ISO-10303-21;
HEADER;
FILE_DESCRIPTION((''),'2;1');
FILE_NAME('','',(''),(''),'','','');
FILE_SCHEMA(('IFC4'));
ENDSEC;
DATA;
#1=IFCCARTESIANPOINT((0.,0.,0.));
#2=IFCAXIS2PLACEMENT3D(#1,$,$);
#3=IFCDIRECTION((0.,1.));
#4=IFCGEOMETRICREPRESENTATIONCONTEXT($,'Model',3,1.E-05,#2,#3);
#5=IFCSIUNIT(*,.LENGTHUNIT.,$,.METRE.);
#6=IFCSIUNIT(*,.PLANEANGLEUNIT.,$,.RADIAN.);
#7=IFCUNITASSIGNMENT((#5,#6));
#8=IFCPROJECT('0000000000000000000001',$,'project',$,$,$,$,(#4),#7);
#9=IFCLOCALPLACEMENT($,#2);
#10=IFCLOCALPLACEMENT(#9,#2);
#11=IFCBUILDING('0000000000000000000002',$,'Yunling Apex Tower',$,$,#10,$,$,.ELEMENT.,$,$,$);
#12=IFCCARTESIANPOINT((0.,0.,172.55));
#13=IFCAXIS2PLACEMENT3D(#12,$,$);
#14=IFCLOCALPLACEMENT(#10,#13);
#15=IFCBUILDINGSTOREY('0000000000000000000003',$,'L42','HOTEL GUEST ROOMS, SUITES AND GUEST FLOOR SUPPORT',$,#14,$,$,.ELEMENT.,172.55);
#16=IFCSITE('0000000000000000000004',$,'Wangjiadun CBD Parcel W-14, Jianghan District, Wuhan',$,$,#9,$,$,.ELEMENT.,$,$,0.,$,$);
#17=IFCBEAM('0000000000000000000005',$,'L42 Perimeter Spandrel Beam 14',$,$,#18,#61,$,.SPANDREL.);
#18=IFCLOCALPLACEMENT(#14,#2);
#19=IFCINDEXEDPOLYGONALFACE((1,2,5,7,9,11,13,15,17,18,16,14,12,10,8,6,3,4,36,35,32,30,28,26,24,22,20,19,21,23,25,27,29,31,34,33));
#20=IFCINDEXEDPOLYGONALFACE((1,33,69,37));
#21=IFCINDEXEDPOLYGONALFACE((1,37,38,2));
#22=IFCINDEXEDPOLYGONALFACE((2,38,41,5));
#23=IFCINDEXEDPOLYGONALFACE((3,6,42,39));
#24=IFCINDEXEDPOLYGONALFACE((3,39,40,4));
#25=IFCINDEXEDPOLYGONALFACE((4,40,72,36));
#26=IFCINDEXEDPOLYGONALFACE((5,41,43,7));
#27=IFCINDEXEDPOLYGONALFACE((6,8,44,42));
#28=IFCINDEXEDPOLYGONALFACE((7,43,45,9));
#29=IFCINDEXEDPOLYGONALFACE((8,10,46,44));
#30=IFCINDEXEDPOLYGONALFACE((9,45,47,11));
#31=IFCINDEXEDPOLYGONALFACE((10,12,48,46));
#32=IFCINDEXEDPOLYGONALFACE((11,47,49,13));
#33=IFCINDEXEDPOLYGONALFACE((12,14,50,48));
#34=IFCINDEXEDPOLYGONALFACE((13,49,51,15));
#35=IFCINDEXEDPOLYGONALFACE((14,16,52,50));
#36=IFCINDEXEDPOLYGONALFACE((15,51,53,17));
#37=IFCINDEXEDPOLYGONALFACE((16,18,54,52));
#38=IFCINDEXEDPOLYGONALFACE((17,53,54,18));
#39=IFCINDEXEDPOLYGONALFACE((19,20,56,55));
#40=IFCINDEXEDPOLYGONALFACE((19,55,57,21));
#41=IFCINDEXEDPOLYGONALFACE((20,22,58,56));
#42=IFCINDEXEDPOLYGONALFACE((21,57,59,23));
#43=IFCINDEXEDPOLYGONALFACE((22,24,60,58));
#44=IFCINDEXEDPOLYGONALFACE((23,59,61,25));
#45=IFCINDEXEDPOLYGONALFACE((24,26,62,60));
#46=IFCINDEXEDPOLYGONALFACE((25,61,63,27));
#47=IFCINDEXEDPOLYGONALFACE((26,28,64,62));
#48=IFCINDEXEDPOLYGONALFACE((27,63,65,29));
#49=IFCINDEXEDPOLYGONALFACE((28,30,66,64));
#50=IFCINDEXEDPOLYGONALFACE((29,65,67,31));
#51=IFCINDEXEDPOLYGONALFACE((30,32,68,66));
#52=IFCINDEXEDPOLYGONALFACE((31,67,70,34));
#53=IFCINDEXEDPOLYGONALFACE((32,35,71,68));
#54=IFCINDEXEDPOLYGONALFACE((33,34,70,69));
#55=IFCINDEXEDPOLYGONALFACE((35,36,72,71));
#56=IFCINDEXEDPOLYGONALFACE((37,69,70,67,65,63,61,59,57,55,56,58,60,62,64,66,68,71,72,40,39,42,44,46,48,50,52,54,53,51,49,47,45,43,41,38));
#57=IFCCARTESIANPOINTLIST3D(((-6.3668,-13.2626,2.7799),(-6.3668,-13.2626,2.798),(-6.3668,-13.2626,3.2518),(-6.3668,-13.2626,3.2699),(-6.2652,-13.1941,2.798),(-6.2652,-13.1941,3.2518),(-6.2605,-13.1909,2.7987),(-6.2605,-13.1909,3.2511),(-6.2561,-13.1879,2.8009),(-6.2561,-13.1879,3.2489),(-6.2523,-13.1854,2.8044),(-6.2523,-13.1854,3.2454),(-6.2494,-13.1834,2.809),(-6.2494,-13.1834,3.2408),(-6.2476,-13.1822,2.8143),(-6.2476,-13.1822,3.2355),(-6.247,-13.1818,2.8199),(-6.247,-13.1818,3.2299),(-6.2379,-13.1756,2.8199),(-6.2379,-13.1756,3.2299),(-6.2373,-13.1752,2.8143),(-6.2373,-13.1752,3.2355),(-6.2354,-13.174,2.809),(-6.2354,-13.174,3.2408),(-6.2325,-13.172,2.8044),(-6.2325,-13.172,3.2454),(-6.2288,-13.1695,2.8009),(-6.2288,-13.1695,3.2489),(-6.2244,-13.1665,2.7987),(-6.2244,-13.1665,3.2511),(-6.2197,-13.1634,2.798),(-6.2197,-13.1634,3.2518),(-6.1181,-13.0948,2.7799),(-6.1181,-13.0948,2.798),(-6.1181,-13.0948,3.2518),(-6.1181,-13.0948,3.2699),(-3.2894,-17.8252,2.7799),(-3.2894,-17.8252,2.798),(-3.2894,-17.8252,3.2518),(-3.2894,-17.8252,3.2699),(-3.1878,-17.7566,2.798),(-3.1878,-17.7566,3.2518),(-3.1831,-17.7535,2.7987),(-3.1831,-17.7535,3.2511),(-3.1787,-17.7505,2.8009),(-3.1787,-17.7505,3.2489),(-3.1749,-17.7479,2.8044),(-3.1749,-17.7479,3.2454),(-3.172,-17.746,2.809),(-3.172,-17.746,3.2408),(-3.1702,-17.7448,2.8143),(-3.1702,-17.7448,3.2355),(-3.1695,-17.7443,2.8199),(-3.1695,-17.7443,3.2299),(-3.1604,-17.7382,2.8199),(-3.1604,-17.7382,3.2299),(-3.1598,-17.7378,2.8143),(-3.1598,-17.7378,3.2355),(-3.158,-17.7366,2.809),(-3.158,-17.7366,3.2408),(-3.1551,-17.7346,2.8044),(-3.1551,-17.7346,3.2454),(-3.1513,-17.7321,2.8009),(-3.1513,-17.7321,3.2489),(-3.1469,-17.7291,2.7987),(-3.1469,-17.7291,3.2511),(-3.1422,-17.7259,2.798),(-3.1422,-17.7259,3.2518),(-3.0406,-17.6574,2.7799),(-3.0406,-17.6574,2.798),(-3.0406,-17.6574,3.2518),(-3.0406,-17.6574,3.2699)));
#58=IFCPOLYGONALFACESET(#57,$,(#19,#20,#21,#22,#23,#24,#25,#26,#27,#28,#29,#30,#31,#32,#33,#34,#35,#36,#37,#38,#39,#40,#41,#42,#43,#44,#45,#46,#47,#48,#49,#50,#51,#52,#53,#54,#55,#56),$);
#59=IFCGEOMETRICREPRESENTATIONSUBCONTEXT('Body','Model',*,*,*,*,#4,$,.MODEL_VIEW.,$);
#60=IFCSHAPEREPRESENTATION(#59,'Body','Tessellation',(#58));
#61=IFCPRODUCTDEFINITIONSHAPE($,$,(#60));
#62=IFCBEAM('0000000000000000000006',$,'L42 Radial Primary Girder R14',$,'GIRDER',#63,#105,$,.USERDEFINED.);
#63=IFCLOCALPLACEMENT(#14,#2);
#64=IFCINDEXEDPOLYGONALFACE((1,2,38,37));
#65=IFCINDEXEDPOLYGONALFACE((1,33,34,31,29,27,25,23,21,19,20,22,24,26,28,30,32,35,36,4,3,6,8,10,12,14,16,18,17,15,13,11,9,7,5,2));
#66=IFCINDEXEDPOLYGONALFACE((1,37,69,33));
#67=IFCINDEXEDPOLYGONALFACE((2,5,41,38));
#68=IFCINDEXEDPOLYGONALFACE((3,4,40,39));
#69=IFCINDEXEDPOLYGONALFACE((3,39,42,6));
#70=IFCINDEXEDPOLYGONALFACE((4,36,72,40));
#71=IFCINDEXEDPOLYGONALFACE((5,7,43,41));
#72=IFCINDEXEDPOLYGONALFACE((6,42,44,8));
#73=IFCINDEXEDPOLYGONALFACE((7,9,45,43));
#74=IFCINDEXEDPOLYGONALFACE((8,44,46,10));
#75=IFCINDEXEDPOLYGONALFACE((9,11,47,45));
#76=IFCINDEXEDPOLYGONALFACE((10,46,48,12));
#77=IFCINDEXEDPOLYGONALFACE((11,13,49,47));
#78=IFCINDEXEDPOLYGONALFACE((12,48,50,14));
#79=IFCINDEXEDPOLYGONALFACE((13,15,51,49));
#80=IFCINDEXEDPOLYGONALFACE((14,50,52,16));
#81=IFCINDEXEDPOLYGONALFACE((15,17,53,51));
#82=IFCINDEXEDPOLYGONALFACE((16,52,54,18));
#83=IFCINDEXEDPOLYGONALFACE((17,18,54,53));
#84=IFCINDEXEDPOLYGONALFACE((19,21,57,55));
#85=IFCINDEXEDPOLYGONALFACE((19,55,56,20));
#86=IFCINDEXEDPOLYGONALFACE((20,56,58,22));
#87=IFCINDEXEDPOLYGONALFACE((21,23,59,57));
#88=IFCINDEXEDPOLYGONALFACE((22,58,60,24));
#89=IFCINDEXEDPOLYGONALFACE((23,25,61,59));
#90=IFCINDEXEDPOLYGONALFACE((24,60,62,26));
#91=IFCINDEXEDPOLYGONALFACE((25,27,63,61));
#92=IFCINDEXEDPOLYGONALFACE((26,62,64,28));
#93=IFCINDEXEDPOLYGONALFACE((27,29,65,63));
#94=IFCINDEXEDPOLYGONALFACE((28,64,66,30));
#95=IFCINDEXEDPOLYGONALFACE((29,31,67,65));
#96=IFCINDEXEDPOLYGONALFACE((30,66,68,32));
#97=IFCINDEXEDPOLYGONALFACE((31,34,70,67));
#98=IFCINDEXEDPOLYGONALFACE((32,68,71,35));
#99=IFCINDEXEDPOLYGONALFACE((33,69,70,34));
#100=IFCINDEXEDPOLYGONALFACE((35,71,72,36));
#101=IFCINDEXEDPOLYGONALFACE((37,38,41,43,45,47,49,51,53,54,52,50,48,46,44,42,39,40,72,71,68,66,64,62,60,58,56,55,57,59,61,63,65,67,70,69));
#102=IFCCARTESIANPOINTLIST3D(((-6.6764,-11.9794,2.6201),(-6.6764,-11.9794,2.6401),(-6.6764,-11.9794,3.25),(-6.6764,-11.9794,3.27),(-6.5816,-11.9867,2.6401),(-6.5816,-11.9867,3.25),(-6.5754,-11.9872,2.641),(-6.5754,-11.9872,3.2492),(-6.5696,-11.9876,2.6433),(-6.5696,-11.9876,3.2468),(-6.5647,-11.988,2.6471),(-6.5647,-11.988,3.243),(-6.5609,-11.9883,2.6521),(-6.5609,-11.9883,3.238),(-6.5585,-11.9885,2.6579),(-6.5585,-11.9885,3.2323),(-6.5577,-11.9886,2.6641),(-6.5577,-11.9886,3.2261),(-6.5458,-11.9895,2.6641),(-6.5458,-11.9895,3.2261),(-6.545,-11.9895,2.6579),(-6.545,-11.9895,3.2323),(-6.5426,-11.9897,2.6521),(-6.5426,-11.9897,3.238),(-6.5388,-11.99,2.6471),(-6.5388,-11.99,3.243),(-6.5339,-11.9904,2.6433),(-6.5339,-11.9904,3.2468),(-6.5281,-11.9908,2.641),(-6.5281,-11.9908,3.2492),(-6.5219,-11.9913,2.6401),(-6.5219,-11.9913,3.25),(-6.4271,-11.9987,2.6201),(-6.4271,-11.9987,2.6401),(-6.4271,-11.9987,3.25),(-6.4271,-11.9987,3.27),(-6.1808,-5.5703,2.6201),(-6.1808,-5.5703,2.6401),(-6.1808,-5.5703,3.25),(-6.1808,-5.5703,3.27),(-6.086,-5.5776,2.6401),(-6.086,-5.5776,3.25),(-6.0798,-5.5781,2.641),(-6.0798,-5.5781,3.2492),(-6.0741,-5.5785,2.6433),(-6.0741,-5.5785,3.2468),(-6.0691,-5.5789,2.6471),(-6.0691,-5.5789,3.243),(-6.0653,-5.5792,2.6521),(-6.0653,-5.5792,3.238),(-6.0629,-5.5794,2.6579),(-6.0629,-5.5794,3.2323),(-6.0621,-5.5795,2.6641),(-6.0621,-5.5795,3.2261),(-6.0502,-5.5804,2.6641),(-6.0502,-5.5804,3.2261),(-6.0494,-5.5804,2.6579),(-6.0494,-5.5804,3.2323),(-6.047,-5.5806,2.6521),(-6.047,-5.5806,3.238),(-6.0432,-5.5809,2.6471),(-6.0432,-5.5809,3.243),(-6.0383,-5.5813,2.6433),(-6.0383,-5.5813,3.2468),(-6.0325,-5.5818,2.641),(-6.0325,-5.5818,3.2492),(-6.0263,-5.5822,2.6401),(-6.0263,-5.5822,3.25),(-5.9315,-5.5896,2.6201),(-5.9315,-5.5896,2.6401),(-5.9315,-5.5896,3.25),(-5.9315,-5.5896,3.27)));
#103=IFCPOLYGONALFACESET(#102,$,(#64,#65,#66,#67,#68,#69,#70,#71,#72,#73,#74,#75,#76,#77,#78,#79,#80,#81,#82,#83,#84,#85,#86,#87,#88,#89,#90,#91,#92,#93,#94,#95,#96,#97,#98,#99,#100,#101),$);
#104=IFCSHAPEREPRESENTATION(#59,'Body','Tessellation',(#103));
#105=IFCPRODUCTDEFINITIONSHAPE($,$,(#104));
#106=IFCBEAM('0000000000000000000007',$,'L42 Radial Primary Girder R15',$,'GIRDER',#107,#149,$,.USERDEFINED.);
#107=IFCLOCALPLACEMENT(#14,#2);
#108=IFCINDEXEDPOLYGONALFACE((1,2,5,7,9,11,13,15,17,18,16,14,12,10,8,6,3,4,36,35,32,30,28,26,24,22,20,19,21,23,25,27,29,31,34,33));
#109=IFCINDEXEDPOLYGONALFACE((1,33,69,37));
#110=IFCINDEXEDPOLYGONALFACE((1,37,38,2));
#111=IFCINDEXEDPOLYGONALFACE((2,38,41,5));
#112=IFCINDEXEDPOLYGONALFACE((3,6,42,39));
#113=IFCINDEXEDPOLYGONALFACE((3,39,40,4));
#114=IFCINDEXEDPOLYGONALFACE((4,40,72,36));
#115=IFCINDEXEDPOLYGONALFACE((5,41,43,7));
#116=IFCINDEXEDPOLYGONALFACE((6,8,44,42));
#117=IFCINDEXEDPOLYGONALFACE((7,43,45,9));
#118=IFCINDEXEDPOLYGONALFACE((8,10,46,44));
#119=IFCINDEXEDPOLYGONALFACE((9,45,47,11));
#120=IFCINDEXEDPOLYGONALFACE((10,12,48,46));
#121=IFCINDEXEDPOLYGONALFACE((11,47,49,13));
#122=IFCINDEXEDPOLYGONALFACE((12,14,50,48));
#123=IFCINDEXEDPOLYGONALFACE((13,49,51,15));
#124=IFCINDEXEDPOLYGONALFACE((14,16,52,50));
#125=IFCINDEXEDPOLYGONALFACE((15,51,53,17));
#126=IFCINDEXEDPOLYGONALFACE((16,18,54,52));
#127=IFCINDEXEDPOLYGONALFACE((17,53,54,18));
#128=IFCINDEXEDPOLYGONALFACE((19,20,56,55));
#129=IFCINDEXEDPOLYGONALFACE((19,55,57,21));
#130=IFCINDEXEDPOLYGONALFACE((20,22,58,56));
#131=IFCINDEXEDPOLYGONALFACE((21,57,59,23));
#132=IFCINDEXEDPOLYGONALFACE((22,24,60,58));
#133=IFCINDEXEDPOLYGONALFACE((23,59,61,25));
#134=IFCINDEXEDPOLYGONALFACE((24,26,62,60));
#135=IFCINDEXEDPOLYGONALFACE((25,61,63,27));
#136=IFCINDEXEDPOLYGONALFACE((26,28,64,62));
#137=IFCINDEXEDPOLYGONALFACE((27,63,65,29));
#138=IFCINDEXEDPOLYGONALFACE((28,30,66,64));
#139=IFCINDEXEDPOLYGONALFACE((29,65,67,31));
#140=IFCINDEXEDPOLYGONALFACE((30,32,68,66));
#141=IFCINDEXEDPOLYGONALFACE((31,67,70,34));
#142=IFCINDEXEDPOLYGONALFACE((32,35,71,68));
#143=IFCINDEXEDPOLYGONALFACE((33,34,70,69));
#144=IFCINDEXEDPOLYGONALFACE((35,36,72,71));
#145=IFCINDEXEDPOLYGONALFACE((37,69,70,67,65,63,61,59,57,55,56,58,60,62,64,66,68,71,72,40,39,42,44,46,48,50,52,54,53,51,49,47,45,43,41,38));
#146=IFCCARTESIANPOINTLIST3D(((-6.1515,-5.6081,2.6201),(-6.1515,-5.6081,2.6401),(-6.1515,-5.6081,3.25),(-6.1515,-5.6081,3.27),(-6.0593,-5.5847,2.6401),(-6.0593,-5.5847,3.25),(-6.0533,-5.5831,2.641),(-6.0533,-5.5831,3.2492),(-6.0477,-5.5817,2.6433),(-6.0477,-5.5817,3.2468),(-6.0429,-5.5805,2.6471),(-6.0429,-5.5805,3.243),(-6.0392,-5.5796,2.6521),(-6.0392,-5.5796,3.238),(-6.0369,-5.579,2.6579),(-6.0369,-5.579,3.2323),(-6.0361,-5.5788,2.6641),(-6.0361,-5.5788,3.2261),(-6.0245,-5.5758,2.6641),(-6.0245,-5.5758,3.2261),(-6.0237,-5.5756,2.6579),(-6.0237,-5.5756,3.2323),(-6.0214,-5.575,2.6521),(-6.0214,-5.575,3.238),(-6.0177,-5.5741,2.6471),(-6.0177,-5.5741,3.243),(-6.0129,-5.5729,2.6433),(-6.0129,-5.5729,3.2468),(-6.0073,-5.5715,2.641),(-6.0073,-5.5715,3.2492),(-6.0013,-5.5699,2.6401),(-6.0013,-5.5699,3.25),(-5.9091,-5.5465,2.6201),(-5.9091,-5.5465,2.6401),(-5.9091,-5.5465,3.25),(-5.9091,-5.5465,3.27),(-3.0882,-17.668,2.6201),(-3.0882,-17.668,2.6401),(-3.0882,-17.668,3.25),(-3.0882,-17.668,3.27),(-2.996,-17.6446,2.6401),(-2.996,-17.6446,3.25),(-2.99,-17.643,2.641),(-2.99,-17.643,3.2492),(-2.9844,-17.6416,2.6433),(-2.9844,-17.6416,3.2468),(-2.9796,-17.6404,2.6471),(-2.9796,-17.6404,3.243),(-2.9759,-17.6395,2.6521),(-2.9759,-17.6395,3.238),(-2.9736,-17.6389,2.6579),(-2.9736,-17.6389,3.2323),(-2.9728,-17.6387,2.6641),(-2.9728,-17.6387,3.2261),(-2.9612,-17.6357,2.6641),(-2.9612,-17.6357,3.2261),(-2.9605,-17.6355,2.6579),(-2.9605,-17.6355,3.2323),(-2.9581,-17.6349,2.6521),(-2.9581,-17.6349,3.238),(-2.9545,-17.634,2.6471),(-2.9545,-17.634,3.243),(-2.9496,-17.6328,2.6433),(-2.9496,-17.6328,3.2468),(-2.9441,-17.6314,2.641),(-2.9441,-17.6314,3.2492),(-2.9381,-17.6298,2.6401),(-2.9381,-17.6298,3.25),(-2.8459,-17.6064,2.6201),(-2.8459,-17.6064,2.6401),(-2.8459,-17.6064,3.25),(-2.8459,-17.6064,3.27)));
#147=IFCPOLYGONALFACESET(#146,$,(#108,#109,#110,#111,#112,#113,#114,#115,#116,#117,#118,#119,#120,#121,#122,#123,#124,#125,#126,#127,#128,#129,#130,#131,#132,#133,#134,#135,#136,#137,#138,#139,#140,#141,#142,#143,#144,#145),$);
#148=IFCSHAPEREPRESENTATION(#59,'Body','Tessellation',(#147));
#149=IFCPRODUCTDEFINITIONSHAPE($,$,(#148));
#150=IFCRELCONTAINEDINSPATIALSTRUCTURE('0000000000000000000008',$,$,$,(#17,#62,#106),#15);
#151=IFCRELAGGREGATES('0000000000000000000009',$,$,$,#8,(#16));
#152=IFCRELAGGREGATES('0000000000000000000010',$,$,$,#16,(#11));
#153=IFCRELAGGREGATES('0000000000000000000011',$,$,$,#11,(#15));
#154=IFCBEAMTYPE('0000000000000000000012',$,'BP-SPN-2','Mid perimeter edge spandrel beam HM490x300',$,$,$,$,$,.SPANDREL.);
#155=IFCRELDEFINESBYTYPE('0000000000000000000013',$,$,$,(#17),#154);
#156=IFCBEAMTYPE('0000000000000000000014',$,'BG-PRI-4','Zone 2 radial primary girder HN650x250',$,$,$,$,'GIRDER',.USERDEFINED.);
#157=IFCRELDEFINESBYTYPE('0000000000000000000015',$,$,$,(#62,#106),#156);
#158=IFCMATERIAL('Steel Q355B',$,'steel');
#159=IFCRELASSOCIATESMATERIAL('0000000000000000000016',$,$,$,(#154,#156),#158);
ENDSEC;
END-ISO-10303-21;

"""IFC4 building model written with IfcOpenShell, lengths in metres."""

from ifc_helpers import new_model, si_unit, direction, frame, origin, origin_2d, place, context, subcontext, project, spatial, i_section, extrude, source, transform, mapped, material, material_profile, profile_set, type_object, element, save


model = new_model("IFC4")

# Units and contexts
model_context = context("Model", 3, precision=1e-05, world=origin(), true_north=direction((0.0, 1.0)))
body_context = subcontext(model_context, "Body", "Model", "MODEL_VIEW")
ifc_project = project(units=[si_unit("LENGTHUNIT", "METRE"), si_unit("PLANEANGLEUNIT", "RADIAN")], contexts=[model_context])

# Site, building, storey
site_placement = place(None, origin())
site = spatial("IfcSite", under=ifc_project, at=site_placement, Name="Wangjiadun CBD Parcel W-14, Jianghan District, Wuhan", CompositionType="ELEMENT", RefElevation=0.0)
building_placement = place(site_placement, origin())
building = spatial("IfcBuilding", under=site, at=building_placement, Name="Yunling Apex Tower", CompositionType="ELEMENT")
storey_placement = place(building_placement, frame((0.0, 0.0, 172.55)))
storey = spatial("IfcBuildingStorey", under=building, at=storey_placement, Name="L42", Description="HOTEL GUEST ROOMS, SUITES AND GUEST FLOOR SUPPORT", CompositionType="ELEMENT", Elevation=172.55)

# Beams
ifc_material_1 = material(Name="Steel Q355B", Category="steel")
ifc_material_profile_1 = material_profile(ifc_material_1, i_section(OverallWidth=0.3, OverallDepth=0.49, WebThickness=0.011, FlangeThickness=0.0181, FilletRadius=0.022, at=origin_2d()))
ifc_profile_set_1 = profile_set([ifc_material_profile_1], Name="Steel Q355B")
beam_type_1 = type_object("IfcBeamType", Name="BP-SPN-2", Description="Mid perimeter edge spandrel beam HM490x300", PredefinedType="SPANDREL", material=ifc_profile_set_1)
shared_shape_1 = source(origin(), body_context, "Body", "SweptSolid", [
    extrude(i_section(OverallWidth=0.3, OverallDepth=0.49, WebThickness=0.011, FlangeThickness=0.0181, FilletRadius=0.022, at=origin_2d()), origin(), (0.0, 0.0, 1.0), 5.5034),
])
beam_1_placement = place(storey_placement, frame((-6.2424, -13.1787, 3.0249), z_axis=(0.559186, -0.829042, 0.0), x_axis=(0.829042, 0.559186, 0.0)))
element("IfcBeam", 1, at=beam_1_placement, inside=storey, type_object=beam_type_1, Name="L42 Perimeter Spandrel Beam 14", PredefinedType="SPANDREL", context=body_context, shape_type="MappedRepresentation", body=[
    mapped(shared_shape_1, transform((0.0, 0.0, 0.0), scale=1.0)),
])
ifc_material_profile_2 = material_profile(ifc_material_1, i_section(OverallWidth=0.25, OverallDepth=0.6499, WebThickness=0.012, FlangeThickness=0.02, FilletRadius=0.0239, at=origin_2d()))
ifc_profile_set_2 = profile_set([ifc_material_profile_2], Name="Steel Q355B")
beam_type_2 = type_object("IfcBeamType", Name="BG-PRI-4", Description="Zone 2 radial primary girder HN650x250", ElementType="GIRDER", PredefinedType="USERDEFINED", material=ifc_profile_set_2)
shared_shape_2 = source(origin(), body_context, "Body", "SweptSolid", [
    extrude(i_section(OverallWidth=0.25, OverallDepth=0.6499, WebThickness=0.012, FlangeThickness=0.02, FilletRadius=0.0239, at=origin_2d()), origin(), (0.0, 0.0, 1.0), 6.4282),
])
beam_2_placement = place(storey_placement, frame((-6.5518, -11.989, 2.9451), z_axis=(0.077097, 0.997024, 0.0), x_axis=(-0.997024, 0.077097, 0.0)))
element("IfcBeam", 2, at=beam_2_placement, inside=storey, type_object=beam_type_2, Name="L42 Radial Primary Girder R14", ObjectType="GIRDER", PredefinedType="USERDEFINED", context=body_context, shape_type="MappedRepresentation", body=[
    mapped(shared_shape_2, transform((0.0, 0.0, 0.0), scale=1.0)),
])
shared_shape_3 = source(origin(), body_context, "Body", "SweptSolid", [
    extrude(i_section(OverallWidth=0.25, OverallDepth=0.6499, WebThickness=0.012, FlangeThickness=0.02, FilletRadius=0.0239, at=origin_2d()), origin(), (0.0, 0.0, 1.0), 12.4429),
])
beam_3_placement = place(storey_placement, frame((-2.967, -17.6372, 2.9451), z_axis=(-0.246186, 0.969223, 0.0), x_axis=(-0.969223, -0.246186, 0.0)))
element("IfcBeam", 3, at=beam_3_placement, inside=storey, type_object=beam_type_2, Name="L42 Radial Primary Girder R15", ObjectType="GIRDER", PredefinedType="USERDEFINED", context=body_context, shape_type="MappedRepresentation", body=[
    mapped(shared_shape_3, transform((0.0, 0.0, 0.0), scale=1.0)),
])

save(model, "model.ifc")
